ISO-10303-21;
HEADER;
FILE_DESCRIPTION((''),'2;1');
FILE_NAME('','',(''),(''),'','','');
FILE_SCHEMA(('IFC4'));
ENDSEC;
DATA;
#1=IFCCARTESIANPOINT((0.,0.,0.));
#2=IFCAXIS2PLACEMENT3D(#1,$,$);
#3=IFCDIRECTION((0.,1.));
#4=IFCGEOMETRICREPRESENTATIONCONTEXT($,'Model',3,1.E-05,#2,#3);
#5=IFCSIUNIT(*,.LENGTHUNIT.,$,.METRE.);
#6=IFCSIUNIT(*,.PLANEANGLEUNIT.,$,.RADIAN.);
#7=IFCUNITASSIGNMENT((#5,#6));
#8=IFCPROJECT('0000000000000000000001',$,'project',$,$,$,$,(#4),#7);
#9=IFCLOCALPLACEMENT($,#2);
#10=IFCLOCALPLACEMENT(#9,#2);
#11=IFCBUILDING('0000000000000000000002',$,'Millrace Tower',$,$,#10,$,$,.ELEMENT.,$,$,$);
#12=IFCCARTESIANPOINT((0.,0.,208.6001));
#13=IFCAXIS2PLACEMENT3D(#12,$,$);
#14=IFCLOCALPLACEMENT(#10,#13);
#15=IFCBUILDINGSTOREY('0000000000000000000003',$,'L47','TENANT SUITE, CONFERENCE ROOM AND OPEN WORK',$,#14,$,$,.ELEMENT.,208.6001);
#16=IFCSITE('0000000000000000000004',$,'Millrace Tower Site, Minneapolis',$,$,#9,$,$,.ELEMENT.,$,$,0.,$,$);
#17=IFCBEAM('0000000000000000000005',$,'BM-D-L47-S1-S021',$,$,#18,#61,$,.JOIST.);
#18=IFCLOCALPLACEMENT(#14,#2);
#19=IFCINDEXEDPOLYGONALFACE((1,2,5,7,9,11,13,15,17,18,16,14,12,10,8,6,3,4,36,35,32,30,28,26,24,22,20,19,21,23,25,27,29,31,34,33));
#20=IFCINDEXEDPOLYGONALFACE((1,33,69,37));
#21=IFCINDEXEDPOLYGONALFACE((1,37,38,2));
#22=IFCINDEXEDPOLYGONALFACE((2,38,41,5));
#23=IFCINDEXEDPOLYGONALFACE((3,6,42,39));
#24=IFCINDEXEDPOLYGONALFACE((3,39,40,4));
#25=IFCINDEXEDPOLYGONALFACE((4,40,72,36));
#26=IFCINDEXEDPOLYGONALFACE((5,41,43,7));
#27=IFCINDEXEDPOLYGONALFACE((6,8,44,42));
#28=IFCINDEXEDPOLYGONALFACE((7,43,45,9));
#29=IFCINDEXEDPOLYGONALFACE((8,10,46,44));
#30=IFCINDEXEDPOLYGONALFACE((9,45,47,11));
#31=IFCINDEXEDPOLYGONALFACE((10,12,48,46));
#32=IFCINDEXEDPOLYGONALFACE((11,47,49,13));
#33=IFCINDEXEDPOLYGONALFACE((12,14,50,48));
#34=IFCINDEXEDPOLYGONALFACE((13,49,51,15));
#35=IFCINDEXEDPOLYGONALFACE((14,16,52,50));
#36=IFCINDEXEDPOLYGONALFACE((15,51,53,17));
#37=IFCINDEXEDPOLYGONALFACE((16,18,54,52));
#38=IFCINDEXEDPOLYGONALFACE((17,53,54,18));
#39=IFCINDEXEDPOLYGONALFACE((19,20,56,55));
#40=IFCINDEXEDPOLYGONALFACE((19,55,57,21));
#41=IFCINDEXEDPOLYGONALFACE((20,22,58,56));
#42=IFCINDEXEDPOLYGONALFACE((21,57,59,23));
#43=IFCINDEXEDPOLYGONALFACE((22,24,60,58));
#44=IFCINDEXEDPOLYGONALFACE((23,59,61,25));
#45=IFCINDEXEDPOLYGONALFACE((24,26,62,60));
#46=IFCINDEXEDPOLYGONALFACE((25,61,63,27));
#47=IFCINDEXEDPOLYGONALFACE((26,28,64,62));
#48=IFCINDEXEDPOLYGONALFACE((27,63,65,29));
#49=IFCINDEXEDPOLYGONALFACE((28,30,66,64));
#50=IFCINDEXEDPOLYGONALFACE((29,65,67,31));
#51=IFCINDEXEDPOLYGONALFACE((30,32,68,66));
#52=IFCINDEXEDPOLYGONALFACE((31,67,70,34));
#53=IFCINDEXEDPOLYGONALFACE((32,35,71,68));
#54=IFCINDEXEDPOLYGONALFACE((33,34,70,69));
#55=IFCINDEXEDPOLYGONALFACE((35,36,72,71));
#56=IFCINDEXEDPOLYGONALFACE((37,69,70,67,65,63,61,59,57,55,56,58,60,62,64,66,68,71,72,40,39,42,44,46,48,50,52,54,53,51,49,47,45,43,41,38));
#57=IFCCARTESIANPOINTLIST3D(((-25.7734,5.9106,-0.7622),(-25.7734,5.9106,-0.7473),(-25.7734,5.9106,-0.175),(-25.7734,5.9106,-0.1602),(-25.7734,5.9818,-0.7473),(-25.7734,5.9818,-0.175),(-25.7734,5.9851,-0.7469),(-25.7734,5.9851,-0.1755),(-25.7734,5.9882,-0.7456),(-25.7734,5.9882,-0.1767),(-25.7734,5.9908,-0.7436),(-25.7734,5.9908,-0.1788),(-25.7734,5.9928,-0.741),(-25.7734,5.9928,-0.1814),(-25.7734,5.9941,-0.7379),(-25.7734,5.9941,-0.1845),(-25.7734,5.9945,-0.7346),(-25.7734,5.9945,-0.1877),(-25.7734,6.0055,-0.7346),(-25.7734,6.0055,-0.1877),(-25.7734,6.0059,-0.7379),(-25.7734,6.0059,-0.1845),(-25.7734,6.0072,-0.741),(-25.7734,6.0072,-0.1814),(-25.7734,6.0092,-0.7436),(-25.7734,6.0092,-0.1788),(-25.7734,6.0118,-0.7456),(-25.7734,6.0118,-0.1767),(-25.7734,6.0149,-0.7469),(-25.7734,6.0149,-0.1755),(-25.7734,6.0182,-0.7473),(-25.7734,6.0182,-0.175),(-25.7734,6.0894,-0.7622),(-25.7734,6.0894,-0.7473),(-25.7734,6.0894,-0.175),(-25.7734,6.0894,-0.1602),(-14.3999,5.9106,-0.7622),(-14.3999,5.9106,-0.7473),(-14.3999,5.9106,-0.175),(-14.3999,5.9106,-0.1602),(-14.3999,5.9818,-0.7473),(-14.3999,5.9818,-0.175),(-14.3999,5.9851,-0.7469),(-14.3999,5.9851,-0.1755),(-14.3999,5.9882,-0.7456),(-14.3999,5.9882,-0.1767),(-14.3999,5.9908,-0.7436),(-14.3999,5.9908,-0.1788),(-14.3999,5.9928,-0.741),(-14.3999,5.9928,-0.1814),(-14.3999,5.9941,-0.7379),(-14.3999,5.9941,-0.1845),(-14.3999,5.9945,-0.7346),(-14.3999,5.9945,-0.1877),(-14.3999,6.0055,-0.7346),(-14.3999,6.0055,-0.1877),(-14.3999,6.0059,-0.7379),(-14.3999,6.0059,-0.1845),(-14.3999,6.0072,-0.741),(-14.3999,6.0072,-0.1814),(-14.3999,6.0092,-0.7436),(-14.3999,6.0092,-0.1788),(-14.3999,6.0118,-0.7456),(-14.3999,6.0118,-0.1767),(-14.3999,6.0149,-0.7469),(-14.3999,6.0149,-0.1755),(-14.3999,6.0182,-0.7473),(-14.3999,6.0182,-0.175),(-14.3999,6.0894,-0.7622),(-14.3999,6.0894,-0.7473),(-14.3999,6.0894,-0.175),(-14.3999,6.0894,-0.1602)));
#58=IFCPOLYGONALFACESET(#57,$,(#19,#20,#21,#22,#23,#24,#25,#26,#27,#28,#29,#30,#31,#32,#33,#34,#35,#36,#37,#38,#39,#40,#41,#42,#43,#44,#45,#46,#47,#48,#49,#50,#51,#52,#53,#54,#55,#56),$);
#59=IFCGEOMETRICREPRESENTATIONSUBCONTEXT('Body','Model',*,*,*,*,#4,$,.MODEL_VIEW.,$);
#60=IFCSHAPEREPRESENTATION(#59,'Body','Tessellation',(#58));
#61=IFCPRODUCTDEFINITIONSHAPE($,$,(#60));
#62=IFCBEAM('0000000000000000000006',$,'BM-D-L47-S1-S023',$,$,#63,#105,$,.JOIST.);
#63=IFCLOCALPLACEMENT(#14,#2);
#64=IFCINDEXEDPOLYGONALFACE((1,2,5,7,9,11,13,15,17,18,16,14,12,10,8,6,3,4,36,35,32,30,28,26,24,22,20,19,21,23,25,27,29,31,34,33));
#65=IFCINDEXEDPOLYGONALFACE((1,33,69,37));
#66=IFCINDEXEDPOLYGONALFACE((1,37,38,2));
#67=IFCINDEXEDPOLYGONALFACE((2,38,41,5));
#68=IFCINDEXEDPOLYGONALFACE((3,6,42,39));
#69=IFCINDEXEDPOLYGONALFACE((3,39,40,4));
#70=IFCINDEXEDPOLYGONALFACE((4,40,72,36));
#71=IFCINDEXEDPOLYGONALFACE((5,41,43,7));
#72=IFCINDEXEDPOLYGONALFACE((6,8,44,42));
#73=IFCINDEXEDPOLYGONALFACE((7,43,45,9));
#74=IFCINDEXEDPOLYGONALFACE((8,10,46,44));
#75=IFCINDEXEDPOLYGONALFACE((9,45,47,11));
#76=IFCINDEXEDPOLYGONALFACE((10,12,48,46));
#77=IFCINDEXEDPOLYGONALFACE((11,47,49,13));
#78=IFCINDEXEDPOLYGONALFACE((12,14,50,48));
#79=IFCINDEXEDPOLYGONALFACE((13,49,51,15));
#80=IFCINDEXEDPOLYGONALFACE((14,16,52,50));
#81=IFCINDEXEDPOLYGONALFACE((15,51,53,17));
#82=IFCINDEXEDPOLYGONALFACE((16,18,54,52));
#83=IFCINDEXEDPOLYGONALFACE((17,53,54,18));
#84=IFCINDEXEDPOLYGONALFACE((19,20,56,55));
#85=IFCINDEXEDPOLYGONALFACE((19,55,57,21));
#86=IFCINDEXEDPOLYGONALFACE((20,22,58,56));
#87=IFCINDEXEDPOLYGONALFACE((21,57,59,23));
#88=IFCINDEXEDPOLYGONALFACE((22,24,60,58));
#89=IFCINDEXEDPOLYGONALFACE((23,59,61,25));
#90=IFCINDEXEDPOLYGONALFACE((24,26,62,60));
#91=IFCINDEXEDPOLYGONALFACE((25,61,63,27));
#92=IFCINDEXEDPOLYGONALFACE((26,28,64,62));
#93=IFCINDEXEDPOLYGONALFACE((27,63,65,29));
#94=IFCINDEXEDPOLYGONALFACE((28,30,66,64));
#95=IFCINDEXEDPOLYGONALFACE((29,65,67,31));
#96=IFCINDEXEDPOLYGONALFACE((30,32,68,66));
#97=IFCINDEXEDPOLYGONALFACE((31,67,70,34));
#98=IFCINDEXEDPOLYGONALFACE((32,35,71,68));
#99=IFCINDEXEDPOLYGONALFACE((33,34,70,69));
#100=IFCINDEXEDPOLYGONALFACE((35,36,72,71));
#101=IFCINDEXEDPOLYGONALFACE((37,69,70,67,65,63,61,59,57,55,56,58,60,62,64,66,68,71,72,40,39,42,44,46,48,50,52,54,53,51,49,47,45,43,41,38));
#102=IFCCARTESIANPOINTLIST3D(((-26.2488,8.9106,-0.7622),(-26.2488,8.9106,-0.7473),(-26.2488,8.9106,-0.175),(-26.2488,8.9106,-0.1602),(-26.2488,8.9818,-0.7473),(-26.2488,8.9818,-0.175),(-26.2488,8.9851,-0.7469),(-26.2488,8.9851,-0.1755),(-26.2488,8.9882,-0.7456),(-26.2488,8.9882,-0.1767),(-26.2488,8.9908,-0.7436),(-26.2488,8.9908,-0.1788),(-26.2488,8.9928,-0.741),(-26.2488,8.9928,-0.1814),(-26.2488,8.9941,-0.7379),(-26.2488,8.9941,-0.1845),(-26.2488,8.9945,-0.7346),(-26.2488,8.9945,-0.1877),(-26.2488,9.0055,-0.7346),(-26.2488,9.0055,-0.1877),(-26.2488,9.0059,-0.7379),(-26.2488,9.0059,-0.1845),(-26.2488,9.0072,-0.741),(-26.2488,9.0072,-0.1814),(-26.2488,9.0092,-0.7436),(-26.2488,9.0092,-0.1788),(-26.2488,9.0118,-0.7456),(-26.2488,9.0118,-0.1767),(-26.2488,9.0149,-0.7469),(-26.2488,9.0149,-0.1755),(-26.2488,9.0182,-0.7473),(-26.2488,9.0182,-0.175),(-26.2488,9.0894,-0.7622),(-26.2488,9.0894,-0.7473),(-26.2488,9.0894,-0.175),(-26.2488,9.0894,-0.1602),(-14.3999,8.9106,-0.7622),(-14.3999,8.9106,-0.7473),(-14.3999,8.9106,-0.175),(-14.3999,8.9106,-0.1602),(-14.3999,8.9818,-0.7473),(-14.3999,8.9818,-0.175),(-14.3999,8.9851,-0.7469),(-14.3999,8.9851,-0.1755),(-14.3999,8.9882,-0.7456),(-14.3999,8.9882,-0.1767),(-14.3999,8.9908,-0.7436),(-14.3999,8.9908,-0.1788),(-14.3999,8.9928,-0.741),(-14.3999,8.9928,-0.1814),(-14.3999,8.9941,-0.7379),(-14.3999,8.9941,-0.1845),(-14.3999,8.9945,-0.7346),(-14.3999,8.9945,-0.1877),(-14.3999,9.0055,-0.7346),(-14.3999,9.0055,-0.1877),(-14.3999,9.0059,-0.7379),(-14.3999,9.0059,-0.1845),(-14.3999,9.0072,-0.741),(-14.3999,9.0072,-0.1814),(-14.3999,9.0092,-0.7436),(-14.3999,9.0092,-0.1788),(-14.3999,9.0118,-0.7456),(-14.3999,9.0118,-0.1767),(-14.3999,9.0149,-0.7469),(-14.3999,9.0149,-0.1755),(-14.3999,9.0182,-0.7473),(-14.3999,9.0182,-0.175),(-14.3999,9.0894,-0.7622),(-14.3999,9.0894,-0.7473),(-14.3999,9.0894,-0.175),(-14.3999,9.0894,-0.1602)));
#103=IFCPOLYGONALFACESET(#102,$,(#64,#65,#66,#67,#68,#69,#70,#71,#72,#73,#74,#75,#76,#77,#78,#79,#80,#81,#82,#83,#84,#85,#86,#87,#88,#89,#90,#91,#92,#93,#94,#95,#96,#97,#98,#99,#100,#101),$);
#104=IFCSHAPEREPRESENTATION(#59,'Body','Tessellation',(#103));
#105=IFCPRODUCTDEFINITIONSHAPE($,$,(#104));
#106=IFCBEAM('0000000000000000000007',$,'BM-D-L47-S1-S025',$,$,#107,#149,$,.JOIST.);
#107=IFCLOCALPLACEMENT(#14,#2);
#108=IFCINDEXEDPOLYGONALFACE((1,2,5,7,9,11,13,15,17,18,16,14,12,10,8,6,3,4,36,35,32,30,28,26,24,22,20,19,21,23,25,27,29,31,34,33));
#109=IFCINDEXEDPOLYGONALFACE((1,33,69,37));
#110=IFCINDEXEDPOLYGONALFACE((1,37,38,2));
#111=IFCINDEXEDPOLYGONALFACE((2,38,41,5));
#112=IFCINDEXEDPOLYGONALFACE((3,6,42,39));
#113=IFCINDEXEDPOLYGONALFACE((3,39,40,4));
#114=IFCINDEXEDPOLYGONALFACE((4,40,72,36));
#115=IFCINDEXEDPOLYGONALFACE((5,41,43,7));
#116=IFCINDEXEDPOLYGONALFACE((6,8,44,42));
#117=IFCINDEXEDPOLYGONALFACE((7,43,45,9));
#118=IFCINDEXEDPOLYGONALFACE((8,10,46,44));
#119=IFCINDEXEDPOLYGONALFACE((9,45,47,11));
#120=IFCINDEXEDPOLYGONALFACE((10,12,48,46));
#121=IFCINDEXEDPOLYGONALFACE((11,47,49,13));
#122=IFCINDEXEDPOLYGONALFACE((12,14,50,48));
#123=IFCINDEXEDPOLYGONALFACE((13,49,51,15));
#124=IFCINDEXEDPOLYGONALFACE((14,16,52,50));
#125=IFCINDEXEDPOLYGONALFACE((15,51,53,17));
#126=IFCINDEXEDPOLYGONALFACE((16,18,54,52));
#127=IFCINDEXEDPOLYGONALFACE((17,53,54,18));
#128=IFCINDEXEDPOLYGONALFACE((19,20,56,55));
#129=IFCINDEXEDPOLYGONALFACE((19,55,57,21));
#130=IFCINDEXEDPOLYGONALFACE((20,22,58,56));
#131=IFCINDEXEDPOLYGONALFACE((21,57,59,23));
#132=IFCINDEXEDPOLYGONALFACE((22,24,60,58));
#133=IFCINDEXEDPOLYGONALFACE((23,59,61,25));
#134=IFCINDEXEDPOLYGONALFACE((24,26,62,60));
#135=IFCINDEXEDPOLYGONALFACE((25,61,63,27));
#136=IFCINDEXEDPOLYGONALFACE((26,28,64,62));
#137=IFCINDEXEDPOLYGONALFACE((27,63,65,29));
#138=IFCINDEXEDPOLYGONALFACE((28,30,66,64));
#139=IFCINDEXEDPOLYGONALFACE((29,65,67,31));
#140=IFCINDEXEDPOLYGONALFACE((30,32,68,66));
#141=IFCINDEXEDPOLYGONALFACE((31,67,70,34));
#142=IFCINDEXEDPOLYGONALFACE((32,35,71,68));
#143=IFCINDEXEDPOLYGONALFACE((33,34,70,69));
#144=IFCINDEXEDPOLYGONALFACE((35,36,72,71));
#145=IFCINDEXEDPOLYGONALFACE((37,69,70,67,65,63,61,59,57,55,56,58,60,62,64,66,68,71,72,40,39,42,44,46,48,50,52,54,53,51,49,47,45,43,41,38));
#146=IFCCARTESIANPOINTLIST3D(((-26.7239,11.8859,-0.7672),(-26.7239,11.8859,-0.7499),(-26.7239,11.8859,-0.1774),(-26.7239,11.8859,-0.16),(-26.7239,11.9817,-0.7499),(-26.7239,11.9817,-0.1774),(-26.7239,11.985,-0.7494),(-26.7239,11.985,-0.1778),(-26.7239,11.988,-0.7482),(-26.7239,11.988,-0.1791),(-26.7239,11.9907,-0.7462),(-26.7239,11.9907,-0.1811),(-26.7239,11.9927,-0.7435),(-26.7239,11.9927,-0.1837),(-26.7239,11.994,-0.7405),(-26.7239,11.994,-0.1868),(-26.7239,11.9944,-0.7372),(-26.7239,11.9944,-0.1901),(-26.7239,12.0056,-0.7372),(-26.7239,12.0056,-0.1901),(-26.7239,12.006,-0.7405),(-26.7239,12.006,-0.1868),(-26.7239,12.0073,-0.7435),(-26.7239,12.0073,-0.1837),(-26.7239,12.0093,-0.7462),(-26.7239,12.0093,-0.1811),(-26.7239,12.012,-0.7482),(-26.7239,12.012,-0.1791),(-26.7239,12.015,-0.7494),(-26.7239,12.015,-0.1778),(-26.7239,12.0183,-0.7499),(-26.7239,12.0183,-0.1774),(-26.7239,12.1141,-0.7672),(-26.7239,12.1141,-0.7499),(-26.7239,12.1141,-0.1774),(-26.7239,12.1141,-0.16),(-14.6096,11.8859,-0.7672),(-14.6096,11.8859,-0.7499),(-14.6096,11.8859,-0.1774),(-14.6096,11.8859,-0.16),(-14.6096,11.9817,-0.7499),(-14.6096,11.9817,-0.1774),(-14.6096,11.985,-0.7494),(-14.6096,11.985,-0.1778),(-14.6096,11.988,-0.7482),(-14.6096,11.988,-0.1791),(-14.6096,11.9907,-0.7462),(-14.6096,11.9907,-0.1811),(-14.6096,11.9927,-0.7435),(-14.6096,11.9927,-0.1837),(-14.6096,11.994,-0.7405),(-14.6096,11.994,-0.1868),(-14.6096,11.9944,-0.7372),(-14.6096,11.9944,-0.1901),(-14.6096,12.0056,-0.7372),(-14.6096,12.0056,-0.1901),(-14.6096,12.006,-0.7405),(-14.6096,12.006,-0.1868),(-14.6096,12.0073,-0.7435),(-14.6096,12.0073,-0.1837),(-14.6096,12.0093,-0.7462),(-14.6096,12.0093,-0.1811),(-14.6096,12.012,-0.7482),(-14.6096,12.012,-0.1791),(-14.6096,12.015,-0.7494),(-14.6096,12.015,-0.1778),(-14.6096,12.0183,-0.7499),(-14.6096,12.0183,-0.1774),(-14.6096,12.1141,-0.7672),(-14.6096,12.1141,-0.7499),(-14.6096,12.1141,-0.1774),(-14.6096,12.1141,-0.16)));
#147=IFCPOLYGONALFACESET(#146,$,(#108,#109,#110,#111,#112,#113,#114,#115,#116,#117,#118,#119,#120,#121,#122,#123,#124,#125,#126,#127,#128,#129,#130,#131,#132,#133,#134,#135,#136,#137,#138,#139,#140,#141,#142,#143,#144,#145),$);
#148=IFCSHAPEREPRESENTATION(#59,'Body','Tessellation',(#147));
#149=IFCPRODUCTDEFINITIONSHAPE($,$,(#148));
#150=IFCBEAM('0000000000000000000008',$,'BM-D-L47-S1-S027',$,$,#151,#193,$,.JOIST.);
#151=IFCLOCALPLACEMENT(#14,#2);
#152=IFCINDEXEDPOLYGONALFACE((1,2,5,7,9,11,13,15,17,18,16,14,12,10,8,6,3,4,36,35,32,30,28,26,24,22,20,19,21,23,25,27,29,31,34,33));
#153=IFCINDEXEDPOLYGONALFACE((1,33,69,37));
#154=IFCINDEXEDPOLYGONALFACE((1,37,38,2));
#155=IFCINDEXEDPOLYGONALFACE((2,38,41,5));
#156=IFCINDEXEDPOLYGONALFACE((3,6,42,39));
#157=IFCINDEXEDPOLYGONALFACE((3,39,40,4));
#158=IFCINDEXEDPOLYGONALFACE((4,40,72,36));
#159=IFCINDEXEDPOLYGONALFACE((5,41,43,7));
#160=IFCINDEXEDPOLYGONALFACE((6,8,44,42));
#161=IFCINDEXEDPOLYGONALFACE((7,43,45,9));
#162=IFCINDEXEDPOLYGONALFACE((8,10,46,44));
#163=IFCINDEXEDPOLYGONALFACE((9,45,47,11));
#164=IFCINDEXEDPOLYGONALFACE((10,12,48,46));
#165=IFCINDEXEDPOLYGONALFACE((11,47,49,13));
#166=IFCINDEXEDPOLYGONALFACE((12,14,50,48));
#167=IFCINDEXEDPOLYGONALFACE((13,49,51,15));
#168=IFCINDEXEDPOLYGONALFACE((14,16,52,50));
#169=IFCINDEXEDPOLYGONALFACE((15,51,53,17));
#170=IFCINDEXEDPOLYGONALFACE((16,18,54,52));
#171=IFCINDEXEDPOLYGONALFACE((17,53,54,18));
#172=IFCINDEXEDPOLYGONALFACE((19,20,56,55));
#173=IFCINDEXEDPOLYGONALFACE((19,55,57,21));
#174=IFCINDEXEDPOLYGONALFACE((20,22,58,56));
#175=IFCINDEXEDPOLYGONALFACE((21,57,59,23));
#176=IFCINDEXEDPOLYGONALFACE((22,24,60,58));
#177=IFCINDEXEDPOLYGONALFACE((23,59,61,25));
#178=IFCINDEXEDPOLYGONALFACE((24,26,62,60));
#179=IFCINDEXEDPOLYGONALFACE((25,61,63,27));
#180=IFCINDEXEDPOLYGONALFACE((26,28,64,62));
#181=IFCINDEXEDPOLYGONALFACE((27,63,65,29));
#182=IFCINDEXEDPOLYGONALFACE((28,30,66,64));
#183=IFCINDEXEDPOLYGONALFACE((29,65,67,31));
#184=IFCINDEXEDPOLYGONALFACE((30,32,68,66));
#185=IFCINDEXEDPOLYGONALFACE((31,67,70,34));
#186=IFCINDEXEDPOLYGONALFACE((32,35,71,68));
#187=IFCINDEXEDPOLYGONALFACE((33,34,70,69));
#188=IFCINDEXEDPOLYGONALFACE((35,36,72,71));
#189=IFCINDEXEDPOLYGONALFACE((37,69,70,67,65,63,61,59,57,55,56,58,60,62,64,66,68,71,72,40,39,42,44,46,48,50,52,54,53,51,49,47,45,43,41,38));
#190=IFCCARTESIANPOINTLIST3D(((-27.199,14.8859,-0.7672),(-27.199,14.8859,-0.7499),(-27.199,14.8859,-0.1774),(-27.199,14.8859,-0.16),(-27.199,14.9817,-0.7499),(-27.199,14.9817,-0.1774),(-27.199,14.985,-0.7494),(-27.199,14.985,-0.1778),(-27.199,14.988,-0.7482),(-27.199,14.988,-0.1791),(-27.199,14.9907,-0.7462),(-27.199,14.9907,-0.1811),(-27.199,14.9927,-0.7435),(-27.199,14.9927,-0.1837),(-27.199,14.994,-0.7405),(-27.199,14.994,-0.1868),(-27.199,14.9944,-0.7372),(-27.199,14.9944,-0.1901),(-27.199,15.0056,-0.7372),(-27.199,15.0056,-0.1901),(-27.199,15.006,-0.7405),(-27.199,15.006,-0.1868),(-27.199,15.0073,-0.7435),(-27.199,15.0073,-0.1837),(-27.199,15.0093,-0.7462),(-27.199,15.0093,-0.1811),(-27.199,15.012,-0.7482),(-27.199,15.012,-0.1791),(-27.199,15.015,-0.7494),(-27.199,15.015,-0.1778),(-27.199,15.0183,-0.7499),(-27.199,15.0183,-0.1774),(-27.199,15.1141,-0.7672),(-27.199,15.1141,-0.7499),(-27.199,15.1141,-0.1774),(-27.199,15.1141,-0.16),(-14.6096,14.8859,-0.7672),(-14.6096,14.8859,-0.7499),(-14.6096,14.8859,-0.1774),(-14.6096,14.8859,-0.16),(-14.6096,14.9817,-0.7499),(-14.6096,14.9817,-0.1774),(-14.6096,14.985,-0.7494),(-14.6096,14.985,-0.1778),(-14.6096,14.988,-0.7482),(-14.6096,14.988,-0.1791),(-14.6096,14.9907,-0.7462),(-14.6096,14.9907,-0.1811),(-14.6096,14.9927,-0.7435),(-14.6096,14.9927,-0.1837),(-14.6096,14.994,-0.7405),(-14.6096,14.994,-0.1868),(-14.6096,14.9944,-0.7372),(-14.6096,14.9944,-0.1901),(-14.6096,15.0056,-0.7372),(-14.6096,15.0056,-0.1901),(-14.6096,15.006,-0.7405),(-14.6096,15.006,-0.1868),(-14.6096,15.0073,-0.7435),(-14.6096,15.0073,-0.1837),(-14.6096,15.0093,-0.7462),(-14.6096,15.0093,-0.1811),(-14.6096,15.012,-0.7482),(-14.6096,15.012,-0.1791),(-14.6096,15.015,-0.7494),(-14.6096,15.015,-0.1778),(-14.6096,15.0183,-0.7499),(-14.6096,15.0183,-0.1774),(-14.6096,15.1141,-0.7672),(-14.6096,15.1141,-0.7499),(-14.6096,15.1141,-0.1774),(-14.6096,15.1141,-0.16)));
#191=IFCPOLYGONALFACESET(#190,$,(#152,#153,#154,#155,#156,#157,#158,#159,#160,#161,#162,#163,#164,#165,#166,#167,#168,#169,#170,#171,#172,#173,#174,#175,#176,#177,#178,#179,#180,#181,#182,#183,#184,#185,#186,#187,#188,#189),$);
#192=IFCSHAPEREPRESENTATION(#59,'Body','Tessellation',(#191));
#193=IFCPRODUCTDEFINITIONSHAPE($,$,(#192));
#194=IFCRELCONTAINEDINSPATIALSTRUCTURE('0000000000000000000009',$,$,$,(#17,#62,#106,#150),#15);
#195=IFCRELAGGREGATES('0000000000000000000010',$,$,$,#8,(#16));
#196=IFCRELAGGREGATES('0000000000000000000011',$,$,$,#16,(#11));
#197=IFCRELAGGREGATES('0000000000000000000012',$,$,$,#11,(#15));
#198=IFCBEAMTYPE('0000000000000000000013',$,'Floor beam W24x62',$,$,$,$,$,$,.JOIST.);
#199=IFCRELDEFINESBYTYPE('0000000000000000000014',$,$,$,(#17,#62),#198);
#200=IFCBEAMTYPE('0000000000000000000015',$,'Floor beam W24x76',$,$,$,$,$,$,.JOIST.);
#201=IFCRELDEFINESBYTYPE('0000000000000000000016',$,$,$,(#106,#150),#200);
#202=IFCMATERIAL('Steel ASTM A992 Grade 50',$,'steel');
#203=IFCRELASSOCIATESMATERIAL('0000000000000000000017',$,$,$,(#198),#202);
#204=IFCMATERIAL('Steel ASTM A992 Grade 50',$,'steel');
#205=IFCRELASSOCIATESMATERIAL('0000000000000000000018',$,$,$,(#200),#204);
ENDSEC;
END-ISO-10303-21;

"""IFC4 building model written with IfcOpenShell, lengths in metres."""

from ifc_helpers import new_model, si_unit, direction, frame, origin, origin_2d, place, context, subcontext, project, spatial, i_section, extrude, material, material_profile, profile_set, type_object, element, save


model = new_model("IFC4")

# Units and contexts
model_context = context("Model", 3, precision=1e-05, world=origin(), true_north=direction((0.0, 1.0)))
body_context = subcontext(model_context, "Body", "Model", "MODEL_VIEW")
ifc_project = project(units=[si_unit("LENGTHUNIT", "METRE"), si_unit("PLANEANGLEUNIT", "RADIAN")], contexts=[model_context])

# Site, building, storey
site_placement = place(None, origin())
site = spatial("IfcSite", under=ifc_project, at=site_placement, Name="Millrace Tower Site, Minneapolis", CompositionType="ELEMENT", RefElevation=0.0)
building_placement = place(site_placement, origin())
building = spatial("IfcBuilding", under=site, at=building_placement, Name="Millrace Tower", CompositionType="ELEMENT")
storey_placement = place(building_placement, frame((0.0, 0.0, 208.6001)))
storey = spatial("IfcBuildingStorey", under=building, at=storey_placement, Name="L47", Description="TENANT SUITE, CONFERENCE ROOM AND OPEN WORK", CompositionType="ELEMENT", Elevation=208.6001)

# Beams
ifc_material_1 = material(Name="Steel ASTM A992 Grade 50", Category="steel")
ifc_material_profile_1 = material_profile(ifc_material_1, i_section(OverallWidth=0.1787, OverallDepth=0.6021, WebThickness=0.011, FlangeThickness=0.0149, FilletRadius=0.0127, at=origin_2d()))
ifc_profile_set_1 = profile_set([ifc_material_profile_1], Name="Steel ASTM A992 Grade 50")
beam_type_1 = type_object("IfcBeamType", Name="Floor beam W24x62", PredefinedType="JOIST", material=ifc_profile_set_1)
beam_1_placement = place(storey_placement, frame((-25.7734, 6.0, -0.4612), z_axis=(1.0, 0.0, 0.0), x_axis=(0.0, 1.0, 0.0)))
element("IfcBeam", 1, at=beam_1_placement, inside=storey, type_object=beam_type_1, Name="BM-D-L47-S1-S021", PredefinedType="JOIST", context=body_context, shape_type="SweptSolid", body=[
    extrude(i_section(OverallWidth=0.1787, OverallDepth=0.6021, WebThickness=0.011, FlangeThickness=0.0149, FilletRadius=0.0127, at=origin_2d()), origin(), (0.0, 0.0, 1.0), 11.3735),
])
beam_2_placement = place(storey_placement, frame((-26.2488, 9.0, -0.4612), z_axis=(1.0, 0.0, 0.0), x_axis=(0.0, 1.0, 0.0)))
element("IfcBeam", 2, at=beam_2_placement, inside=storey, type_object=beam_type_1, Name="BM-D-L47-S1-S023", PredefinedType="JOIST", context=body_context, shape_type="SweptSolid", body=[
    extrude(i_section(OverallWidth=0.1787, OverallDepth=0.6021, WebThickness=0.011, FlangeThickness=0.0149, FilletRadius=0.0127, at=origin_2d()), origin(), (0.0, 0.0, 1.0), 11.8489),
])
ifc_material_2 = material(Name="Steel ASTM A992 Grade 50", Category="steel")
ifc_material_profile_2 = material_profile(ifc_material_2, i_section(OverallWidth=0.2283, OverallDepth=0.6072, WebThickness=0.0112, FlangeThickness=0.0173, FilletRadius=0.0127, at=origin_2d()))
ifc_profile_set_2 = profile_set([ifc_material_profile_2], Name="Steel ASTM A992 Grade 50")
beam_type_2 = type_object("IfcBeamType", Name="Floor beam W24x76", PredefinedType="JOIST", material=ifc_profile_set_2)
beam_3_placement = place(storey_placement, frame((-26.7239, 12.0, -0.4636), z_axis=(1.0, 0.0, 0.0), x_axis=(0.0, 1.0, 0.0)))
element("IfcBeam", 3, at=beam_3_placement, inside=storey, type_object=beam_type_2, Name="BM-D-L47-S1-S025", PredefinedType="JOIST", context=body_context, shape_type="SweptSolid", body=[
    extrude(i_section(OverallWidth=0.2283, OverallDepth=0.6072, WebThickness=0.0112, FlangeThickness=0.0173, FilletRadius=0.0127, at=origin_2d()), origin(), (0.0, 0.0, 1.0), 12.1143),
])
beam_4_placement = place(storey_placement, frame((-27.199, 15.0, -0.4636), z_axis=(1.0, 0.0, 0.0), x_axis=(0.0, 1.0, 0.0)))
element("IfcBeam", 4, at=beam_4_placement, inside=storey, type_object=beam_type_2, Name="BM-D-L47-S1-S027", PredefinedType="JOIST", context=body_context, shape_type="SweptSolid", body=[
    extrude(i_section(OverallWidth=0.2283, OverallDepth=0.6072, WebThickness=0.0112, FlangeThickness=0.0173, FilletRadius=0.0127, at=origin_2d()), origin(), (0.0, 0.0, 1.0), 12.5894),
])

save(model, "model.ifc")
